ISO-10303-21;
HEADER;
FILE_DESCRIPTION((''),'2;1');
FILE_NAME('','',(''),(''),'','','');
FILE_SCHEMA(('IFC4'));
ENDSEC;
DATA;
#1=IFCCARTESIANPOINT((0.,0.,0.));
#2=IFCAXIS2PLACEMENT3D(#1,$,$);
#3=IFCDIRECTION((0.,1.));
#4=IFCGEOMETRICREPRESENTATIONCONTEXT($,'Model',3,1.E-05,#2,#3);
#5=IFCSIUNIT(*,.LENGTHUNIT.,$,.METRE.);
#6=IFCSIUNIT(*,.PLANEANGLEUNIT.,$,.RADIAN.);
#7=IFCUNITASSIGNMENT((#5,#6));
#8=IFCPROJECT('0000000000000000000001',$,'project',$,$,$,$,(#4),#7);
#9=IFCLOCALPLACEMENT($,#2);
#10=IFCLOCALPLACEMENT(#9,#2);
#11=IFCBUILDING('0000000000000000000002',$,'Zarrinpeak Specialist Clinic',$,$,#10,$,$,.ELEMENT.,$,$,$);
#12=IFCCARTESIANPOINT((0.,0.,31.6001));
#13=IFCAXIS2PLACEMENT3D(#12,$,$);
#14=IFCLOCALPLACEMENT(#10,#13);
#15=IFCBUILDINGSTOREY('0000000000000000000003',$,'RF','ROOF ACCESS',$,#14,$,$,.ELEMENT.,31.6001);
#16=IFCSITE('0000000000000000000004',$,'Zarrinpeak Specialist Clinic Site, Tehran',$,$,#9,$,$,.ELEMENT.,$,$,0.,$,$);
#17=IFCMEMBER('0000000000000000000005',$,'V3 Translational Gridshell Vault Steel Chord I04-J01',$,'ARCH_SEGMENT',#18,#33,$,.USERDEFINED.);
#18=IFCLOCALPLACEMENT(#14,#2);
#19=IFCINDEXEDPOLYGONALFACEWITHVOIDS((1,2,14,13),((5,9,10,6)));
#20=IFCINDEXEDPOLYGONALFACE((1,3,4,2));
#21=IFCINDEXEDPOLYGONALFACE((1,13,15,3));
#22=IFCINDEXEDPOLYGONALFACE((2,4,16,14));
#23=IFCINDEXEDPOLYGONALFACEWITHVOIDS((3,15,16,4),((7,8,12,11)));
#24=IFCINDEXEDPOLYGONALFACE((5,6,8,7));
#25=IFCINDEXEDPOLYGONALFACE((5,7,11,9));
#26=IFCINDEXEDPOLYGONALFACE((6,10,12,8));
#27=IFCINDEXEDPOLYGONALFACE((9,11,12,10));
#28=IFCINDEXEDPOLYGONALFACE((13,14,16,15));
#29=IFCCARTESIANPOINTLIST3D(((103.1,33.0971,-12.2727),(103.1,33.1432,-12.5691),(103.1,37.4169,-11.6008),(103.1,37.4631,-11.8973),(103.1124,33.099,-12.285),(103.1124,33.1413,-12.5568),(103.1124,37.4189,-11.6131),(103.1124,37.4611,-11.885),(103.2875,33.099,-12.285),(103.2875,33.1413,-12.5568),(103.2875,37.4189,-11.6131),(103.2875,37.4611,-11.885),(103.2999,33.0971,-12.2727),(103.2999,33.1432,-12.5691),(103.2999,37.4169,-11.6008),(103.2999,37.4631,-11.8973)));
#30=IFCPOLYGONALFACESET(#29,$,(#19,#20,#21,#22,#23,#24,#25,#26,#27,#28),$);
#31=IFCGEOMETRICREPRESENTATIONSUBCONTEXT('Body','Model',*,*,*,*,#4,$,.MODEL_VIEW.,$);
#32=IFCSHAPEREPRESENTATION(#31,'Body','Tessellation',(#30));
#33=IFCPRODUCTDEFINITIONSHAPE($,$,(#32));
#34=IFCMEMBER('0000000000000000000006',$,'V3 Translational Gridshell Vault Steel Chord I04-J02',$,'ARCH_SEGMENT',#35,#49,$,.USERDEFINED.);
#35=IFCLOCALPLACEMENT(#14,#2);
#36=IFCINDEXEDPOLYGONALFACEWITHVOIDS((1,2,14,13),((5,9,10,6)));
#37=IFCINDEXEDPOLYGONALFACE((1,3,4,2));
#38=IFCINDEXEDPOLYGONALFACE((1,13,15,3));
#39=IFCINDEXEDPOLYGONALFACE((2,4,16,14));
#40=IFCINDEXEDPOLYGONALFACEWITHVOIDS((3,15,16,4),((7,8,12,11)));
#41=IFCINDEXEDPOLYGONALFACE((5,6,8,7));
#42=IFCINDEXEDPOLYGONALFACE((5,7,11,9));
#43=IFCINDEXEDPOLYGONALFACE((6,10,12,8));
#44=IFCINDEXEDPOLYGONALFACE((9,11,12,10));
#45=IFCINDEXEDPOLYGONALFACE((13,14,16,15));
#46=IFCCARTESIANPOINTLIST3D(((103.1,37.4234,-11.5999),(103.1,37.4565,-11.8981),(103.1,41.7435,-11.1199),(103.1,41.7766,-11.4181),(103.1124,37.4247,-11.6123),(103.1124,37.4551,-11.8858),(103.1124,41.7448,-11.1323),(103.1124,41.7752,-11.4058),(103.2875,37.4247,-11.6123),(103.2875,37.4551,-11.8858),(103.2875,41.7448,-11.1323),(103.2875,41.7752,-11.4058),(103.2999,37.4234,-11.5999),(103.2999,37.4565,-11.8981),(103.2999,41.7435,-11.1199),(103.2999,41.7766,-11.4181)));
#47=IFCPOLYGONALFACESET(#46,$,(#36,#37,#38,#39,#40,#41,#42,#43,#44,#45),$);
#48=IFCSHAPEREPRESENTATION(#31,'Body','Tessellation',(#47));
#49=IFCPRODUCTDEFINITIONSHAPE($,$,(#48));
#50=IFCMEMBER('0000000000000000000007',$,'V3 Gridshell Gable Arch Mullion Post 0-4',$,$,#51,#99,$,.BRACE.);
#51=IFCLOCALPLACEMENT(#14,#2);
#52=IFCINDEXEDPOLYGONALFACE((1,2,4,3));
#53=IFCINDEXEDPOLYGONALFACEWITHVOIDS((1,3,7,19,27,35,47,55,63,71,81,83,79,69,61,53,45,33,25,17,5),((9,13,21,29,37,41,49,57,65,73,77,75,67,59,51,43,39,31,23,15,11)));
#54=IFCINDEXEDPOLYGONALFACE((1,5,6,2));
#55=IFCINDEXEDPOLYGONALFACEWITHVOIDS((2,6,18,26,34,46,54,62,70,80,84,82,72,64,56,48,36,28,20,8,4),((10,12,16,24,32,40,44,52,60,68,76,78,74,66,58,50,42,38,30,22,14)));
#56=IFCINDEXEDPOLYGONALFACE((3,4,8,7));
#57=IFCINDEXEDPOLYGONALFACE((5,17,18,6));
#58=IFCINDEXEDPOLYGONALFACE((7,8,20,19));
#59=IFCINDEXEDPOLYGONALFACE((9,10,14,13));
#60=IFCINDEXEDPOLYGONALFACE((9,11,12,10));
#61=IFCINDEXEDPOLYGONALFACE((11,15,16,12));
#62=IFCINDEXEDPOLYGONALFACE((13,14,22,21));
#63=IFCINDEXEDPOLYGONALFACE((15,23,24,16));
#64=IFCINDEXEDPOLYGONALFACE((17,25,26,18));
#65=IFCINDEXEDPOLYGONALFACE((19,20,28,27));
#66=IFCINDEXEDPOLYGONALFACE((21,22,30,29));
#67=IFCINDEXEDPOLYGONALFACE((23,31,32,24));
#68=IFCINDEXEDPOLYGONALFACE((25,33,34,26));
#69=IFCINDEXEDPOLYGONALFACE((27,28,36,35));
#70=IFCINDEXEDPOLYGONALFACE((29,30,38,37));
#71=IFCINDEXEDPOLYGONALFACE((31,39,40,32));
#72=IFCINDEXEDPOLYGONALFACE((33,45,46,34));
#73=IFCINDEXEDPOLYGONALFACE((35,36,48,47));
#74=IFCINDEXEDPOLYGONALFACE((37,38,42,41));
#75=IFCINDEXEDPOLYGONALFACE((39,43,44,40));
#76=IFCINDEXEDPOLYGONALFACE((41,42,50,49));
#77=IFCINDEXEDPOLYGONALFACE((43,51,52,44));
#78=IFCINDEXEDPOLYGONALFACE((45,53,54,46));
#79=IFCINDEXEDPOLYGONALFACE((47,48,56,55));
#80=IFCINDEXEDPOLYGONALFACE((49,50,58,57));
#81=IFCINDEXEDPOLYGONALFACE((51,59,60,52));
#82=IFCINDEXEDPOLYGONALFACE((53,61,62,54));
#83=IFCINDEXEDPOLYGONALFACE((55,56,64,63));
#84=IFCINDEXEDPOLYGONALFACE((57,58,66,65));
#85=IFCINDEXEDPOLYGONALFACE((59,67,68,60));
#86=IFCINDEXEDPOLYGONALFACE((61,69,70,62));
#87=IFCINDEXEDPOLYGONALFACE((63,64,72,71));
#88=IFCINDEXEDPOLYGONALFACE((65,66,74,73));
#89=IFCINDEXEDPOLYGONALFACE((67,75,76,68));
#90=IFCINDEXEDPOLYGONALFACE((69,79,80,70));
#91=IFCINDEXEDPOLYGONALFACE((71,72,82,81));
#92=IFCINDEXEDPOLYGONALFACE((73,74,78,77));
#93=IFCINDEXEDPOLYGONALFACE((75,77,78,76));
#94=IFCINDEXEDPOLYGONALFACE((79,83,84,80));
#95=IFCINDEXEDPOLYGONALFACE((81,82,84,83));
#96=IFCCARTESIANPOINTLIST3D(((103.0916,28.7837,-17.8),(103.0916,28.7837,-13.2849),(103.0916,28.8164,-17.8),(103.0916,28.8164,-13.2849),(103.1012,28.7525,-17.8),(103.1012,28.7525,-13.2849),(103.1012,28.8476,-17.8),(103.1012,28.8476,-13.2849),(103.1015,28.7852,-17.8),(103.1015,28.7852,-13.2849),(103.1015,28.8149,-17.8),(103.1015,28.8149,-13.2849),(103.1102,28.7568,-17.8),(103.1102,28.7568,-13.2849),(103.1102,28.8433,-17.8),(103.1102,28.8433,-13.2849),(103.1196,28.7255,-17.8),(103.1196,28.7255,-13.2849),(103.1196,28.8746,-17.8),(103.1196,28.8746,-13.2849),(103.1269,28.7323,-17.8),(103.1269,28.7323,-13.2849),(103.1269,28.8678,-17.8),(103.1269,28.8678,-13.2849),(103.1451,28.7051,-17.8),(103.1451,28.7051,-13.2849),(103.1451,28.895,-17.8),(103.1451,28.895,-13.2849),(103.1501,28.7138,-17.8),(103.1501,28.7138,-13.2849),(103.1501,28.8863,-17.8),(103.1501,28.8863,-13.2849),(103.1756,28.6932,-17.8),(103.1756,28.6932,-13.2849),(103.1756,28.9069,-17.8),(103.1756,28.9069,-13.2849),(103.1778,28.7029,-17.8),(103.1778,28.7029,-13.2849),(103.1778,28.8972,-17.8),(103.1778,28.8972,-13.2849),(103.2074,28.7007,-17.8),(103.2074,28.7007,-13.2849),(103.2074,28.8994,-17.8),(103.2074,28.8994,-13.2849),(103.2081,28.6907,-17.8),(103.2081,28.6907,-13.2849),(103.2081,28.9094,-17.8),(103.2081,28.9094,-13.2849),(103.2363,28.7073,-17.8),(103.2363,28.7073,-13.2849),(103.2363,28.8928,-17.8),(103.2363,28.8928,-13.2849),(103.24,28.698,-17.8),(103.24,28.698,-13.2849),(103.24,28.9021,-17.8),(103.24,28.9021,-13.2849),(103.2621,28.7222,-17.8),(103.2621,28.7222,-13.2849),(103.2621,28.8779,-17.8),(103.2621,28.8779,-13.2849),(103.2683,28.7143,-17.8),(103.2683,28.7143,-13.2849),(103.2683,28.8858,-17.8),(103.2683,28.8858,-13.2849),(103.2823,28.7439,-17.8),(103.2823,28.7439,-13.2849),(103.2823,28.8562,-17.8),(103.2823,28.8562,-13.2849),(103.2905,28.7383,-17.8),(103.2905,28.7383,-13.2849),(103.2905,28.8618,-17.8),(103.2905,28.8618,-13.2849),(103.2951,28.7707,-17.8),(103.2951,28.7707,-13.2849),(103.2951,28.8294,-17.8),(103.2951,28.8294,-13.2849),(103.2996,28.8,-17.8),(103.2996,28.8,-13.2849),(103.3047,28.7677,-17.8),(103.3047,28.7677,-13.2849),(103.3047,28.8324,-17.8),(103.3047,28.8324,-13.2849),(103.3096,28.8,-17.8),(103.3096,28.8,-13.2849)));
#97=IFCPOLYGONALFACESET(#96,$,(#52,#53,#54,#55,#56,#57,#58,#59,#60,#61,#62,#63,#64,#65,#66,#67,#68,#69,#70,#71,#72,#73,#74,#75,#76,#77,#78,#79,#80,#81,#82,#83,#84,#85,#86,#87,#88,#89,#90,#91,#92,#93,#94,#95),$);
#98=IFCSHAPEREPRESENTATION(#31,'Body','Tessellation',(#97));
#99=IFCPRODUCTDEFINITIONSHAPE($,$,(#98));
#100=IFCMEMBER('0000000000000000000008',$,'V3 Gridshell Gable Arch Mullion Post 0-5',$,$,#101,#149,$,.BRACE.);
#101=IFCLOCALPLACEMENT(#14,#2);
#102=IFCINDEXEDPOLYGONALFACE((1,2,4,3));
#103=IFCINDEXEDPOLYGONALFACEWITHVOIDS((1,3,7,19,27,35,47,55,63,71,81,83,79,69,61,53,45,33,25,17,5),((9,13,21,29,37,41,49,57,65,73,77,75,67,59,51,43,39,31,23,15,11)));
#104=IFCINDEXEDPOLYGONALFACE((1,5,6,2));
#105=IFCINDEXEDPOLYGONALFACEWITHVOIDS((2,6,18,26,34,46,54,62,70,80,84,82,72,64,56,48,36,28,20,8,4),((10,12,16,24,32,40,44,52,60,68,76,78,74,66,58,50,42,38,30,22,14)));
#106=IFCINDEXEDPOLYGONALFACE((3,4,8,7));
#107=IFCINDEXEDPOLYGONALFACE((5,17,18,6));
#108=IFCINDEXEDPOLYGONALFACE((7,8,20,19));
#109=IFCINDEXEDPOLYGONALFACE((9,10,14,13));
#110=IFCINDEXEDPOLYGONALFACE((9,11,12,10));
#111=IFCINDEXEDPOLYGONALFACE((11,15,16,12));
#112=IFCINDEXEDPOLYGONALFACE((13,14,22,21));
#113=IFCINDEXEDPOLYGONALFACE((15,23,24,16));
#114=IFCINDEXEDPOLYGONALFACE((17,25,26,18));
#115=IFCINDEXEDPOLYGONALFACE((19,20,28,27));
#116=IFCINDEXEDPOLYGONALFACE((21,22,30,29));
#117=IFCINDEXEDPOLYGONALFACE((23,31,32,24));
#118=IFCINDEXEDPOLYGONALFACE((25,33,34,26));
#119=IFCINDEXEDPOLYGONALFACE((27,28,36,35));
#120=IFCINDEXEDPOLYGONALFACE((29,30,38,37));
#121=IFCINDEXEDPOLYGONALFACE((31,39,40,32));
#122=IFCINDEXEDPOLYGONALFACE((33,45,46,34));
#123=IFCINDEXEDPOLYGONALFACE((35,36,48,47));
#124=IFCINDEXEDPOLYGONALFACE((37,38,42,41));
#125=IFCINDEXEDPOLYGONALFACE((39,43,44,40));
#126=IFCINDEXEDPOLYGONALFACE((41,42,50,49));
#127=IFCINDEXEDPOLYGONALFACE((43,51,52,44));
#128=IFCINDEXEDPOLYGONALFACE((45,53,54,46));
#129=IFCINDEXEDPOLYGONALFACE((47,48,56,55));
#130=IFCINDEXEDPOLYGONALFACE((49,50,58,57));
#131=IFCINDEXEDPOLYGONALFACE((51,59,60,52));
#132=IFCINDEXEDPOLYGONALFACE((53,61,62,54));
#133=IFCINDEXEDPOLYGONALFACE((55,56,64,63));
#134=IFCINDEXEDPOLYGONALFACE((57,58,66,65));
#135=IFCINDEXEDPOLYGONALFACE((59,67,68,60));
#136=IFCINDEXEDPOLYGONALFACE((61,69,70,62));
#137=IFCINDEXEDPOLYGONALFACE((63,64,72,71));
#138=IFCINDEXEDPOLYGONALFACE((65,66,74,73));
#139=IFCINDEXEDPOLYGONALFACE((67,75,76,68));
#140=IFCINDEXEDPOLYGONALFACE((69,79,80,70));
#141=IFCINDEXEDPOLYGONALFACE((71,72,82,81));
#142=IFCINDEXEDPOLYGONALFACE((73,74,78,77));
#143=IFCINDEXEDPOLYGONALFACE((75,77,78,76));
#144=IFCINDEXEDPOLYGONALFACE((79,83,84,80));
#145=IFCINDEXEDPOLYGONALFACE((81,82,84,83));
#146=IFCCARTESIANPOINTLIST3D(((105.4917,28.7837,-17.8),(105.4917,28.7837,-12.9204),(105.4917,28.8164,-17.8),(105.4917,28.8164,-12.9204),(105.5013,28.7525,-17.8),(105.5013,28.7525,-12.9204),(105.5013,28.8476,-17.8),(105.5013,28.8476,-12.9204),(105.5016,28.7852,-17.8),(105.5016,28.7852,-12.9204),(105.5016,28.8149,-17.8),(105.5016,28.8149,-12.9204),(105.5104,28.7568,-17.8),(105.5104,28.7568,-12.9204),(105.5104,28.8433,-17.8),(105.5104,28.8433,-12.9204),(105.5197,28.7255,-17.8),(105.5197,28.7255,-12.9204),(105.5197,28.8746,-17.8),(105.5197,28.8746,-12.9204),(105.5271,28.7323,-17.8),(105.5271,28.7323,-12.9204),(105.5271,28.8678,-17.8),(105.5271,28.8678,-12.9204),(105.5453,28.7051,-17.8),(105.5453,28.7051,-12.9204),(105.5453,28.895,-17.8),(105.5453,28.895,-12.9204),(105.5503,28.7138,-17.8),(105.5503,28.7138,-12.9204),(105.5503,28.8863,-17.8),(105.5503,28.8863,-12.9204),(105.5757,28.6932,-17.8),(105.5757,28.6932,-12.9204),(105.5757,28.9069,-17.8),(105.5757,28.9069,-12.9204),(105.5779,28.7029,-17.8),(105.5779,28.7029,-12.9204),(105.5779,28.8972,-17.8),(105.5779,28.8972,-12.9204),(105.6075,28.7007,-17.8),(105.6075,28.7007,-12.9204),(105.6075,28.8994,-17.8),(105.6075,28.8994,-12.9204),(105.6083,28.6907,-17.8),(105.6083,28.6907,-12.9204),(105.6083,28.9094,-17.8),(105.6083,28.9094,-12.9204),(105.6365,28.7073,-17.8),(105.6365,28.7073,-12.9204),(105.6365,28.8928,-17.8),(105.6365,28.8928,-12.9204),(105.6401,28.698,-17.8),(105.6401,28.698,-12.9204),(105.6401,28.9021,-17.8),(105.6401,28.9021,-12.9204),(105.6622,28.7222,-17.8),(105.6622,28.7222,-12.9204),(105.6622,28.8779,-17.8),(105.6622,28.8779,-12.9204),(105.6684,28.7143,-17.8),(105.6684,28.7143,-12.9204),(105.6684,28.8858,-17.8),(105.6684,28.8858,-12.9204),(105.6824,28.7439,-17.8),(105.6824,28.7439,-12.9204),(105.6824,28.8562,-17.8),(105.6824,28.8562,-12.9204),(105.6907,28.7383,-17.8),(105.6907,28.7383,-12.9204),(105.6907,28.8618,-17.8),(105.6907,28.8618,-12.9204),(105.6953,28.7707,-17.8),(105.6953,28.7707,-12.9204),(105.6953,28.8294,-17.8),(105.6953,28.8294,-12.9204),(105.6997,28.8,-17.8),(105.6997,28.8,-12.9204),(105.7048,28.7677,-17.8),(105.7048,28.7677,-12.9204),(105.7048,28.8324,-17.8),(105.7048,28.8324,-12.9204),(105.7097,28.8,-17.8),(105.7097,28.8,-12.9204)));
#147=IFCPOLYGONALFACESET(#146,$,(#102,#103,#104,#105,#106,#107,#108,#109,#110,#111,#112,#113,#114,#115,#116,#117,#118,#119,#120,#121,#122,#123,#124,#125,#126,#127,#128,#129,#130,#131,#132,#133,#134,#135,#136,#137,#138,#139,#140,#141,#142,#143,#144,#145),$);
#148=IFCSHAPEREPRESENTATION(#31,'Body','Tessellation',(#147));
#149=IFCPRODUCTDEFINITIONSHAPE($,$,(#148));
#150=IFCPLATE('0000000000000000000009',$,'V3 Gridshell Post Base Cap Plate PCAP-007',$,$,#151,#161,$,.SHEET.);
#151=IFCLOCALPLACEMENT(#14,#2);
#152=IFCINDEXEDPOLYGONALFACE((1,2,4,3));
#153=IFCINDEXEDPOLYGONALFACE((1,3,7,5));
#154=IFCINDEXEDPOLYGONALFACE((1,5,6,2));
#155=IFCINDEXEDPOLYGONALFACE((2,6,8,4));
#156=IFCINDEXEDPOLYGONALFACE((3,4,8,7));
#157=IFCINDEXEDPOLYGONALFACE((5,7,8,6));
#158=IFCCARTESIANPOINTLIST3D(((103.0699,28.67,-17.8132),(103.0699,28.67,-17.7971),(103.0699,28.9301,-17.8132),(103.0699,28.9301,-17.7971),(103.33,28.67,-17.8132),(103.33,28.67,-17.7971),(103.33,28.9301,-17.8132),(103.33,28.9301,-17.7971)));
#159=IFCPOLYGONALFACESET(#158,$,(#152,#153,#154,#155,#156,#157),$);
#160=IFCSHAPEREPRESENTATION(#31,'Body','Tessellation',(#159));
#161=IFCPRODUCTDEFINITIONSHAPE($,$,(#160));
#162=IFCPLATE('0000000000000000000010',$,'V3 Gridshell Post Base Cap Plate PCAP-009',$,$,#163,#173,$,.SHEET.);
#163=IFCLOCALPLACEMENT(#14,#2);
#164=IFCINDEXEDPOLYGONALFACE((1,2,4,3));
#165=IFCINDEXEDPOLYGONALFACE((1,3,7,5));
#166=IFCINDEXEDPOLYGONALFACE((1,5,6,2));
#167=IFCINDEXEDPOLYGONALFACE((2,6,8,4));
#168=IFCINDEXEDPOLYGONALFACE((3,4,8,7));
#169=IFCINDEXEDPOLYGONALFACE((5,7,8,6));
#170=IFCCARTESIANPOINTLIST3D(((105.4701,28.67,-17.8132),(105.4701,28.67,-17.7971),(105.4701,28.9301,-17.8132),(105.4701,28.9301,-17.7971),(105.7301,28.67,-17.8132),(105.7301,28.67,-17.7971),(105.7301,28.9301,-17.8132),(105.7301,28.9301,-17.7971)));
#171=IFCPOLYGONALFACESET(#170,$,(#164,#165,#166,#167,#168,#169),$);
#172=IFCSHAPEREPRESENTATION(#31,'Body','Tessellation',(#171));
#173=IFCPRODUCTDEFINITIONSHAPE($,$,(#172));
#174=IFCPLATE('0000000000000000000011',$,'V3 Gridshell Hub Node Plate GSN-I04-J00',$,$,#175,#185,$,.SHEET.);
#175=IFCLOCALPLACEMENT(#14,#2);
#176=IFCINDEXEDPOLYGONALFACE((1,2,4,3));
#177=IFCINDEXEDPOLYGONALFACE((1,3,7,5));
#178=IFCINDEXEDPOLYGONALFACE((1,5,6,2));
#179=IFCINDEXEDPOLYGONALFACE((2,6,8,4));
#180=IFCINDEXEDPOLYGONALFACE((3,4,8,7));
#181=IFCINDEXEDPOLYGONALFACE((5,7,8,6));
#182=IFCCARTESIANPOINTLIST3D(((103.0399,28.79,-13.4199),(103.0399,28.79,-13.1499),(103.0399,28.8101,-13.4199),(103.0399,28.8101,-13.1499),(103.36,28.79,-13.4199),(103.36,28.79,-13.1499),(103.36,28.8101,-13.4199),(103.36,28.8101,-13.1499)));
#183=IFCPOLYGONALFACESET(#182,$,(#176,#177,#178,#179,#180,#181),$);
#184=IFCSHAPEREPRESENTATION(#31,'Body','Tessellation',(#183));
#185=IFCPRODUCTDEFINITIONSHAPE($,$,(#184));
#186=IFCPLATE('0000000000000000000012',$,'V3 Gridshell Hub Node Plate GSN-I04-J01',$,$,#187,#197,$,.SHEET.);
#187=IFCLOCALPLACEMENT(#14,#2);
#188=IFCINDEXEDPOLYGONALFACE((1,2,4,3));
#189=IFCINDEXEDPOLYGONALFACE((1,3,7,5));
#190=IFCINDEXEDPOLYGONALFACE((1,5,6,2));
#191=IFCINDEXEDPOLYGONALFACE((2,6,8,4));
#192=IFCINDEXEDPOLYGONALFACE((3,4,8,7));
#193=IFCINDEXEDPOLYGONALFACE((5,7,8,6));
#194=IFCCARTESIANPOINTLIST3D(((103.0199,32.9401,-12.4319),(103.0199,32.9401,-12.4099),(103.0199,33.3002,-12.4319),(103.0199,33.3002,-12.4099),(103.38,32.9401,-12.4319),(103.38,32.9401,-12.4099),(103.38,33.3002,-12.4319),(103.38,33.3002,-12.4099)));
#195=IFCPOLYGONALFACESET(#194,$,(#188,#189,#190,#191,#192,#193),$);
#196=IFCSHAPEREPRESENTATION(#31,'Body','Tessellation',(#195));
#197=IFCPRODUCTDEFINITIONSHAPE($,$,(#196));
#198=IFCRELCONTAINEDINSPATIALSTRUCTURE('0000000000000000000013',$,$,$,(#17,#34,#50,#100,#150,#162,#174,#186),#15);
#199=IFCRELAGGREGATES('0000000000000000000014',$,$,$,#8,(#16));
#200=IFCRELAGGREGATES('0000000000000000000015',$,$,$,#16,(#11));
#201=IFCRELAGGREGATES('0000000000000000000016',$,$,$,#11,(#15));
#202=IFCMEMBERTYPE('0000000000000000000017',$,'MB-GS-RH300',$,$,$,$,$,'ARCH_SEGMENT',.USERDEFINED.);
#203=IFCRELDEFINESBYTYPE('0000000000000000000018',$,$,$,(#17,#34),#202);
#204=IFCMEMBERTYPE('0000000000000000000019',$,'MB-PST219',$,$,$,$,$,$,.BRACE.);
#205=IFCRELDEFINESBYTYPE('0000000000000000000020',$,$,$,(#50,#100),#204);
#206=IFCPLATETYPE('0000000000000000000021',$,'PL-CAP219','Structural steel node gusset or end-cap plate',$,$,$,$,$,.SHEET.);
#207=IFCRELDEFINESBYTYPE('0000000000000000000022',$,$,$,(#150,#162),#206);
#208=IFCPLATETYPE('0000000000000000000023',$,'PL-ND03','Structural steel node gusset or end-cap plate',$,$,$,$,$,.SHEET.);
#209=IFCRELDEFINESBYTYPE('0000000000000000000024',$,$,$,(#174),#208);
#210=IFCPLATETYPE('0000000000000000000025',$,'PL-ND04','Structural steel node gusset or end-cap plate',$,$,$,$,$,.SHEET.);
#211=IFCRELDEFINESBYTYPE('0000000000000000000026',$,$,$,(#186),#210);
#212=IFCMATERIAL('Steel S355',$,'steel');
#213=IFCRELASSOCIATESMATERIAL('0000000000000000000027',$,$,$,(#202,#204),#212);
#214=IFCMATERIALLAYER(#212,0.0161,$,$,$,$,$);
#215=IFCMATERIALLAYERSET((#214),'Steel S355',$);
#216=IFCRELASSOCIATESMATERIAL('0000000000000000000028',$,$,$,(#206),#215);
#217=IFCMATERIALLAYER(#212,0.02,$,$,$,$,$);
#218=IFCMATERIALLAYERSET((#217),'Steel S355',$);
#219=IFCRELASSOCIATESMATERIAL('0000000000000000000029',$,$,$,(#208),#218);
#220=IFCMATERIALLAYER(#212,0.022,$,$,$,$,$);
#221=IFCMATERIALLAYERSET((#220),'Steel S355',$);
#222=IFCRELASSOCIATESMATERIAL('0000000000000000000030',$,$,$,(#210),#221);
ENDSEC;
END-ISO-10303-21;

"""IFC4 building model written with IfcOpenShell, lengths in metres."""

from ifc_helpers import new_model, si_unit, direction, frame, origin, origin_2d, place, context, subcontext, project, spatial, rectangle, hollow_rectangle, hollow_circle, extrude, material, layer, layer_set, material_profile, profile_set, type_object, element, save


model = new_model("IFC4")

# Units and contexts
model_context = context("Model", 3, precision=1e-05, world=origin(), true_north=direction((0.0, 1.0)))
body_context = subcontext(model_context, "Body", "Model", "MODEL_VIEW")
ifc_project = project(units=[si_unit("LENGTHUNIT", "METRE"), si_unit("PLANEANGLEUNIT", "RADIAN")], contexts=[model_context])

# Site, building, storey
site_placement = place(None, origin())
site = spatial("IfcSite", under=ifc_project, at=site_placement, Name="Zarrinpeak Specialist Clinic Site, Tehran", CompositionType="ELEMENT", RefElevation=0.0)
building_placement = place(site_placement, origin())
building = spatial("IfcBuilding", under=site, at=building_placement, Name="Zarrinpeak Specialist Clinic", CompositionType="ELEMENT")
storey_placement = place(building_placement, frame((0.0, 0.0, 31.6001)))
storey = spatial("IfcBuildingStorey", under=building, at=storey_placement, Name="RF", Description="ROOF ACCESS", CompositionType="ELEMENT", Elevation=31.6001)

# Members
ifc_material_1 = material(Name="Steel S355", Category="steel")
ifc_material_profile_1 = material_profile(ifc_material_1, hollow_rectangle(XDim=0.2, YDim=0.3, WallThickness=0.0125, at=origin_2d()), Name="RHS 300x200x12.5")
ifc_profile_set_1 = profile_set([ifc_material_profile_1], Name="Steel S355")
member_type_1 = type_object("IfcMemberType", Name="MB-GS-RH300", ElementType="ARCH_SEGMENT", PredefinedType="USERDEFINED", material=ifc_profile_set_1)
member_1_placement = place(storey_placement, frame((103.2, 33.1201, -12.4209), z_axis=(0.0, 0.98812, 0.153685), x_axis=(-1.0, 0.0, 0.0)))
element("IfcMember", 1, at=member_1_placement, inside=storey, type_object=member_type_1, Name="V3 Translational Gridshell Vault Steel Chord I04-J01", ObjectType="ARCH_SEGMENT", PredefinedType="USERDEFINED", context=body_context, shape_type="SweptSolid", body=[
    extrude(hollow_rectangle(XDim=0.2, YDim=0.3, WallThickness=0.0125, at=origin_2d()), origin(), (0.0, 0.0, 1.0), 4.3718),
])
member_2_placement = place(storey_placement, frame((103.2, 37.4399, -11.749), z_axis=(0.0, 0.993884, 0.110425), x_axis=(-1.0, 0.0, 0.0)))
element("IfcMember", 2, at=member_2_placement, inside=storey, type_object=member_type_1, Name="V3 Translational Gridshell Vault Steel Chord I04-J02", ObjectType="ARCH_SEGMENT", PredefinedType="USERDEFINED", context=body_context, shape_type="SweptSolid", body=[
    extrude(hollow_rectangle(XDim=0.2, YDim=0.3, WallThickness=0.0125, at=origin_2d()), origin(), (0.0, 0.0, 1.0), 4.3467),
])
ifc_material_profile_2 = material_profile(ifc_material_1, hollow_circle(Radius=0.1096, WallThickness=0.01, at=origin_2d()), Name="CHS 219.1x10.0")
ifc_profile_set_2 = profile_set([ifc_material_profile_2], Name="Steel S355")
member_type_2 = type_object("IfcMemberType", Name="MB-PST219", PredefinedType="BRACE", material=ifc_profile_set_2)
member_3_placement = place(storey_placement, frame((103.2, 28.8, -17.8), z_axis=(0.0, 0.0, 1.0), x_axis=(1.0, 0.0, 0.0)))
element("IfcMember", 3, at=member_3_placement, inside=storey, type_object=member_type_2, Name="V3 Gridshell Gable Arch Mullion Post 0-4", PredefinedType="BRACE", context=body_context, shape_type="SweptSolid", body=[
    extrude(hollow_circle(Radius=0.1096, WallThickness=0.01, at=origin_2d()), origin(), (0.0, 0.0, 1.0), 4.5151),
])
member_4_placement = place(storey_placement, frame((105.6001, 28.8, -17.8), z_axis=(0.0, 0.0, 1.0), x_axis=(1.0, 0.0, 0.0)))
element("IfcMember", 4, at=member_4_placement, inside=storey, type_object=member_type_2, Name="V3 Gridshell Gable Arch Mullion Post 0-5", PredefinedType="BRACE", context=body_context, shape_type="SweptSolid", body=[
    extrude(hollow_circle(Radius=0.1096, WallThickness=0.01, at=origin_2d()), origin(), (0.0, 0.0, 1.0), 4.8796),
])

# Plates
ifc_layer_1 = layer(ifc_material_1, 0.0161)
ifc_layer_set_1 = layer_set([ifc_layer_1], Name="Steel S355")
plate_type_1 = type_object("IfcPlateType", Name="PL-CAP219", Description="Structural steel node gusset or end-cap plate", PredefinedType="SHEET", material=ifc_layer_set_1)
for number, where, z_axis, x_axis, name in (
    (5, (103.2, 28.8, -17.8132), (0.0, 0.0, 1.0), (1.0, 0.0, 0.0), "V3 Gridshell Post Base Cap Plate PCAP-007"),
    (6, (105.6001, 28.8, -17.8132), (0.0, 0.0, 1.0), (1.0, 0.0, 0.0), "V3 Gridshell Post Base Cap Plate PCAP-009"),
):
    element("IfcPlate", number, at=place(storey_placement, frame(where, z_axis=z_axis, x_axis=x_axis)), inside=storey, type_object=plate_type_1, Name=name, PredefinedType="SHEET", context=body_context, shape_type="SweptSolid", body=[
        extrude(rectangle(XDim=0.26, YDim=0.26, at=origin_2d()), origin(), (0.0, 0.0, 1.0), 0.0161),
    ])
ifc_layer_2 = layer(ifc_material_1, 0.02)
ifc_layer_set_2 = layer_set([ifc_layer_2], Name="Steel S355")
plate_type_2 = type_object("IfcPlateType", Name="PL-ND03", Description="Structural steel node gusset or end-cap plate", PredefinedType="SHEET", material=ifc_layer_set_2)
plate_1_placement = place(storey_placement, frame((103.2, 28.8, -13.4199), z_axis=(0.0, 0.0, 1.0), x_axis=(1.0, 0.0, 0.0)))
element("IfcPlate", 7, at=plate_1_placement, inside=storey, type_object=plate_type_2, Name="V3 Gridshell Hub Node Plate GSN-I04-J00", PredefinedType="SHEET", context=body_context, shape_type="SweptSolid", body=[
    extrude(rectangle(XDim=0.3201, YDim=0.02, at=origin_2d()), origin(), (0.0, 0.0, 1.0), 0.27),
])
ifc_layer_3 = layer(ifc_material_1, 0.022)
ifc_layer_set_3 = layer_set([ifc_layer_3], Name="Steel S355")
plate_type_3 = type_object("IfcPlateType", Name="PL-ND04", Description="Structural steel node gusset or end-cap plate", PredefinedType="SHEET", material=ifc_layer_set_3)
plate_2_placement = place(storey_placement, frame((103.2, 33.1201, -12.4319), z_axis=(0.0, 0.0, 1.0), x_axis=(1.0, 0.0, 0.0)))
element("IfcPlate", 8, at=plate_2_placement, inside=storey, type_object=plate_type_3, Name="V3 Gridshell Hub Node Plate GSN-I04-J01", PredefinedType="SHEET", context=body_context, shape_type="SweptSolid", body=[
    extrude(rectangle(XDim=0.3601, YDim=0.3601, at=origin_2d()), origin(), (0.0, 0.0, 1.0), 0.022),
])

save(model, "model.ifc")
